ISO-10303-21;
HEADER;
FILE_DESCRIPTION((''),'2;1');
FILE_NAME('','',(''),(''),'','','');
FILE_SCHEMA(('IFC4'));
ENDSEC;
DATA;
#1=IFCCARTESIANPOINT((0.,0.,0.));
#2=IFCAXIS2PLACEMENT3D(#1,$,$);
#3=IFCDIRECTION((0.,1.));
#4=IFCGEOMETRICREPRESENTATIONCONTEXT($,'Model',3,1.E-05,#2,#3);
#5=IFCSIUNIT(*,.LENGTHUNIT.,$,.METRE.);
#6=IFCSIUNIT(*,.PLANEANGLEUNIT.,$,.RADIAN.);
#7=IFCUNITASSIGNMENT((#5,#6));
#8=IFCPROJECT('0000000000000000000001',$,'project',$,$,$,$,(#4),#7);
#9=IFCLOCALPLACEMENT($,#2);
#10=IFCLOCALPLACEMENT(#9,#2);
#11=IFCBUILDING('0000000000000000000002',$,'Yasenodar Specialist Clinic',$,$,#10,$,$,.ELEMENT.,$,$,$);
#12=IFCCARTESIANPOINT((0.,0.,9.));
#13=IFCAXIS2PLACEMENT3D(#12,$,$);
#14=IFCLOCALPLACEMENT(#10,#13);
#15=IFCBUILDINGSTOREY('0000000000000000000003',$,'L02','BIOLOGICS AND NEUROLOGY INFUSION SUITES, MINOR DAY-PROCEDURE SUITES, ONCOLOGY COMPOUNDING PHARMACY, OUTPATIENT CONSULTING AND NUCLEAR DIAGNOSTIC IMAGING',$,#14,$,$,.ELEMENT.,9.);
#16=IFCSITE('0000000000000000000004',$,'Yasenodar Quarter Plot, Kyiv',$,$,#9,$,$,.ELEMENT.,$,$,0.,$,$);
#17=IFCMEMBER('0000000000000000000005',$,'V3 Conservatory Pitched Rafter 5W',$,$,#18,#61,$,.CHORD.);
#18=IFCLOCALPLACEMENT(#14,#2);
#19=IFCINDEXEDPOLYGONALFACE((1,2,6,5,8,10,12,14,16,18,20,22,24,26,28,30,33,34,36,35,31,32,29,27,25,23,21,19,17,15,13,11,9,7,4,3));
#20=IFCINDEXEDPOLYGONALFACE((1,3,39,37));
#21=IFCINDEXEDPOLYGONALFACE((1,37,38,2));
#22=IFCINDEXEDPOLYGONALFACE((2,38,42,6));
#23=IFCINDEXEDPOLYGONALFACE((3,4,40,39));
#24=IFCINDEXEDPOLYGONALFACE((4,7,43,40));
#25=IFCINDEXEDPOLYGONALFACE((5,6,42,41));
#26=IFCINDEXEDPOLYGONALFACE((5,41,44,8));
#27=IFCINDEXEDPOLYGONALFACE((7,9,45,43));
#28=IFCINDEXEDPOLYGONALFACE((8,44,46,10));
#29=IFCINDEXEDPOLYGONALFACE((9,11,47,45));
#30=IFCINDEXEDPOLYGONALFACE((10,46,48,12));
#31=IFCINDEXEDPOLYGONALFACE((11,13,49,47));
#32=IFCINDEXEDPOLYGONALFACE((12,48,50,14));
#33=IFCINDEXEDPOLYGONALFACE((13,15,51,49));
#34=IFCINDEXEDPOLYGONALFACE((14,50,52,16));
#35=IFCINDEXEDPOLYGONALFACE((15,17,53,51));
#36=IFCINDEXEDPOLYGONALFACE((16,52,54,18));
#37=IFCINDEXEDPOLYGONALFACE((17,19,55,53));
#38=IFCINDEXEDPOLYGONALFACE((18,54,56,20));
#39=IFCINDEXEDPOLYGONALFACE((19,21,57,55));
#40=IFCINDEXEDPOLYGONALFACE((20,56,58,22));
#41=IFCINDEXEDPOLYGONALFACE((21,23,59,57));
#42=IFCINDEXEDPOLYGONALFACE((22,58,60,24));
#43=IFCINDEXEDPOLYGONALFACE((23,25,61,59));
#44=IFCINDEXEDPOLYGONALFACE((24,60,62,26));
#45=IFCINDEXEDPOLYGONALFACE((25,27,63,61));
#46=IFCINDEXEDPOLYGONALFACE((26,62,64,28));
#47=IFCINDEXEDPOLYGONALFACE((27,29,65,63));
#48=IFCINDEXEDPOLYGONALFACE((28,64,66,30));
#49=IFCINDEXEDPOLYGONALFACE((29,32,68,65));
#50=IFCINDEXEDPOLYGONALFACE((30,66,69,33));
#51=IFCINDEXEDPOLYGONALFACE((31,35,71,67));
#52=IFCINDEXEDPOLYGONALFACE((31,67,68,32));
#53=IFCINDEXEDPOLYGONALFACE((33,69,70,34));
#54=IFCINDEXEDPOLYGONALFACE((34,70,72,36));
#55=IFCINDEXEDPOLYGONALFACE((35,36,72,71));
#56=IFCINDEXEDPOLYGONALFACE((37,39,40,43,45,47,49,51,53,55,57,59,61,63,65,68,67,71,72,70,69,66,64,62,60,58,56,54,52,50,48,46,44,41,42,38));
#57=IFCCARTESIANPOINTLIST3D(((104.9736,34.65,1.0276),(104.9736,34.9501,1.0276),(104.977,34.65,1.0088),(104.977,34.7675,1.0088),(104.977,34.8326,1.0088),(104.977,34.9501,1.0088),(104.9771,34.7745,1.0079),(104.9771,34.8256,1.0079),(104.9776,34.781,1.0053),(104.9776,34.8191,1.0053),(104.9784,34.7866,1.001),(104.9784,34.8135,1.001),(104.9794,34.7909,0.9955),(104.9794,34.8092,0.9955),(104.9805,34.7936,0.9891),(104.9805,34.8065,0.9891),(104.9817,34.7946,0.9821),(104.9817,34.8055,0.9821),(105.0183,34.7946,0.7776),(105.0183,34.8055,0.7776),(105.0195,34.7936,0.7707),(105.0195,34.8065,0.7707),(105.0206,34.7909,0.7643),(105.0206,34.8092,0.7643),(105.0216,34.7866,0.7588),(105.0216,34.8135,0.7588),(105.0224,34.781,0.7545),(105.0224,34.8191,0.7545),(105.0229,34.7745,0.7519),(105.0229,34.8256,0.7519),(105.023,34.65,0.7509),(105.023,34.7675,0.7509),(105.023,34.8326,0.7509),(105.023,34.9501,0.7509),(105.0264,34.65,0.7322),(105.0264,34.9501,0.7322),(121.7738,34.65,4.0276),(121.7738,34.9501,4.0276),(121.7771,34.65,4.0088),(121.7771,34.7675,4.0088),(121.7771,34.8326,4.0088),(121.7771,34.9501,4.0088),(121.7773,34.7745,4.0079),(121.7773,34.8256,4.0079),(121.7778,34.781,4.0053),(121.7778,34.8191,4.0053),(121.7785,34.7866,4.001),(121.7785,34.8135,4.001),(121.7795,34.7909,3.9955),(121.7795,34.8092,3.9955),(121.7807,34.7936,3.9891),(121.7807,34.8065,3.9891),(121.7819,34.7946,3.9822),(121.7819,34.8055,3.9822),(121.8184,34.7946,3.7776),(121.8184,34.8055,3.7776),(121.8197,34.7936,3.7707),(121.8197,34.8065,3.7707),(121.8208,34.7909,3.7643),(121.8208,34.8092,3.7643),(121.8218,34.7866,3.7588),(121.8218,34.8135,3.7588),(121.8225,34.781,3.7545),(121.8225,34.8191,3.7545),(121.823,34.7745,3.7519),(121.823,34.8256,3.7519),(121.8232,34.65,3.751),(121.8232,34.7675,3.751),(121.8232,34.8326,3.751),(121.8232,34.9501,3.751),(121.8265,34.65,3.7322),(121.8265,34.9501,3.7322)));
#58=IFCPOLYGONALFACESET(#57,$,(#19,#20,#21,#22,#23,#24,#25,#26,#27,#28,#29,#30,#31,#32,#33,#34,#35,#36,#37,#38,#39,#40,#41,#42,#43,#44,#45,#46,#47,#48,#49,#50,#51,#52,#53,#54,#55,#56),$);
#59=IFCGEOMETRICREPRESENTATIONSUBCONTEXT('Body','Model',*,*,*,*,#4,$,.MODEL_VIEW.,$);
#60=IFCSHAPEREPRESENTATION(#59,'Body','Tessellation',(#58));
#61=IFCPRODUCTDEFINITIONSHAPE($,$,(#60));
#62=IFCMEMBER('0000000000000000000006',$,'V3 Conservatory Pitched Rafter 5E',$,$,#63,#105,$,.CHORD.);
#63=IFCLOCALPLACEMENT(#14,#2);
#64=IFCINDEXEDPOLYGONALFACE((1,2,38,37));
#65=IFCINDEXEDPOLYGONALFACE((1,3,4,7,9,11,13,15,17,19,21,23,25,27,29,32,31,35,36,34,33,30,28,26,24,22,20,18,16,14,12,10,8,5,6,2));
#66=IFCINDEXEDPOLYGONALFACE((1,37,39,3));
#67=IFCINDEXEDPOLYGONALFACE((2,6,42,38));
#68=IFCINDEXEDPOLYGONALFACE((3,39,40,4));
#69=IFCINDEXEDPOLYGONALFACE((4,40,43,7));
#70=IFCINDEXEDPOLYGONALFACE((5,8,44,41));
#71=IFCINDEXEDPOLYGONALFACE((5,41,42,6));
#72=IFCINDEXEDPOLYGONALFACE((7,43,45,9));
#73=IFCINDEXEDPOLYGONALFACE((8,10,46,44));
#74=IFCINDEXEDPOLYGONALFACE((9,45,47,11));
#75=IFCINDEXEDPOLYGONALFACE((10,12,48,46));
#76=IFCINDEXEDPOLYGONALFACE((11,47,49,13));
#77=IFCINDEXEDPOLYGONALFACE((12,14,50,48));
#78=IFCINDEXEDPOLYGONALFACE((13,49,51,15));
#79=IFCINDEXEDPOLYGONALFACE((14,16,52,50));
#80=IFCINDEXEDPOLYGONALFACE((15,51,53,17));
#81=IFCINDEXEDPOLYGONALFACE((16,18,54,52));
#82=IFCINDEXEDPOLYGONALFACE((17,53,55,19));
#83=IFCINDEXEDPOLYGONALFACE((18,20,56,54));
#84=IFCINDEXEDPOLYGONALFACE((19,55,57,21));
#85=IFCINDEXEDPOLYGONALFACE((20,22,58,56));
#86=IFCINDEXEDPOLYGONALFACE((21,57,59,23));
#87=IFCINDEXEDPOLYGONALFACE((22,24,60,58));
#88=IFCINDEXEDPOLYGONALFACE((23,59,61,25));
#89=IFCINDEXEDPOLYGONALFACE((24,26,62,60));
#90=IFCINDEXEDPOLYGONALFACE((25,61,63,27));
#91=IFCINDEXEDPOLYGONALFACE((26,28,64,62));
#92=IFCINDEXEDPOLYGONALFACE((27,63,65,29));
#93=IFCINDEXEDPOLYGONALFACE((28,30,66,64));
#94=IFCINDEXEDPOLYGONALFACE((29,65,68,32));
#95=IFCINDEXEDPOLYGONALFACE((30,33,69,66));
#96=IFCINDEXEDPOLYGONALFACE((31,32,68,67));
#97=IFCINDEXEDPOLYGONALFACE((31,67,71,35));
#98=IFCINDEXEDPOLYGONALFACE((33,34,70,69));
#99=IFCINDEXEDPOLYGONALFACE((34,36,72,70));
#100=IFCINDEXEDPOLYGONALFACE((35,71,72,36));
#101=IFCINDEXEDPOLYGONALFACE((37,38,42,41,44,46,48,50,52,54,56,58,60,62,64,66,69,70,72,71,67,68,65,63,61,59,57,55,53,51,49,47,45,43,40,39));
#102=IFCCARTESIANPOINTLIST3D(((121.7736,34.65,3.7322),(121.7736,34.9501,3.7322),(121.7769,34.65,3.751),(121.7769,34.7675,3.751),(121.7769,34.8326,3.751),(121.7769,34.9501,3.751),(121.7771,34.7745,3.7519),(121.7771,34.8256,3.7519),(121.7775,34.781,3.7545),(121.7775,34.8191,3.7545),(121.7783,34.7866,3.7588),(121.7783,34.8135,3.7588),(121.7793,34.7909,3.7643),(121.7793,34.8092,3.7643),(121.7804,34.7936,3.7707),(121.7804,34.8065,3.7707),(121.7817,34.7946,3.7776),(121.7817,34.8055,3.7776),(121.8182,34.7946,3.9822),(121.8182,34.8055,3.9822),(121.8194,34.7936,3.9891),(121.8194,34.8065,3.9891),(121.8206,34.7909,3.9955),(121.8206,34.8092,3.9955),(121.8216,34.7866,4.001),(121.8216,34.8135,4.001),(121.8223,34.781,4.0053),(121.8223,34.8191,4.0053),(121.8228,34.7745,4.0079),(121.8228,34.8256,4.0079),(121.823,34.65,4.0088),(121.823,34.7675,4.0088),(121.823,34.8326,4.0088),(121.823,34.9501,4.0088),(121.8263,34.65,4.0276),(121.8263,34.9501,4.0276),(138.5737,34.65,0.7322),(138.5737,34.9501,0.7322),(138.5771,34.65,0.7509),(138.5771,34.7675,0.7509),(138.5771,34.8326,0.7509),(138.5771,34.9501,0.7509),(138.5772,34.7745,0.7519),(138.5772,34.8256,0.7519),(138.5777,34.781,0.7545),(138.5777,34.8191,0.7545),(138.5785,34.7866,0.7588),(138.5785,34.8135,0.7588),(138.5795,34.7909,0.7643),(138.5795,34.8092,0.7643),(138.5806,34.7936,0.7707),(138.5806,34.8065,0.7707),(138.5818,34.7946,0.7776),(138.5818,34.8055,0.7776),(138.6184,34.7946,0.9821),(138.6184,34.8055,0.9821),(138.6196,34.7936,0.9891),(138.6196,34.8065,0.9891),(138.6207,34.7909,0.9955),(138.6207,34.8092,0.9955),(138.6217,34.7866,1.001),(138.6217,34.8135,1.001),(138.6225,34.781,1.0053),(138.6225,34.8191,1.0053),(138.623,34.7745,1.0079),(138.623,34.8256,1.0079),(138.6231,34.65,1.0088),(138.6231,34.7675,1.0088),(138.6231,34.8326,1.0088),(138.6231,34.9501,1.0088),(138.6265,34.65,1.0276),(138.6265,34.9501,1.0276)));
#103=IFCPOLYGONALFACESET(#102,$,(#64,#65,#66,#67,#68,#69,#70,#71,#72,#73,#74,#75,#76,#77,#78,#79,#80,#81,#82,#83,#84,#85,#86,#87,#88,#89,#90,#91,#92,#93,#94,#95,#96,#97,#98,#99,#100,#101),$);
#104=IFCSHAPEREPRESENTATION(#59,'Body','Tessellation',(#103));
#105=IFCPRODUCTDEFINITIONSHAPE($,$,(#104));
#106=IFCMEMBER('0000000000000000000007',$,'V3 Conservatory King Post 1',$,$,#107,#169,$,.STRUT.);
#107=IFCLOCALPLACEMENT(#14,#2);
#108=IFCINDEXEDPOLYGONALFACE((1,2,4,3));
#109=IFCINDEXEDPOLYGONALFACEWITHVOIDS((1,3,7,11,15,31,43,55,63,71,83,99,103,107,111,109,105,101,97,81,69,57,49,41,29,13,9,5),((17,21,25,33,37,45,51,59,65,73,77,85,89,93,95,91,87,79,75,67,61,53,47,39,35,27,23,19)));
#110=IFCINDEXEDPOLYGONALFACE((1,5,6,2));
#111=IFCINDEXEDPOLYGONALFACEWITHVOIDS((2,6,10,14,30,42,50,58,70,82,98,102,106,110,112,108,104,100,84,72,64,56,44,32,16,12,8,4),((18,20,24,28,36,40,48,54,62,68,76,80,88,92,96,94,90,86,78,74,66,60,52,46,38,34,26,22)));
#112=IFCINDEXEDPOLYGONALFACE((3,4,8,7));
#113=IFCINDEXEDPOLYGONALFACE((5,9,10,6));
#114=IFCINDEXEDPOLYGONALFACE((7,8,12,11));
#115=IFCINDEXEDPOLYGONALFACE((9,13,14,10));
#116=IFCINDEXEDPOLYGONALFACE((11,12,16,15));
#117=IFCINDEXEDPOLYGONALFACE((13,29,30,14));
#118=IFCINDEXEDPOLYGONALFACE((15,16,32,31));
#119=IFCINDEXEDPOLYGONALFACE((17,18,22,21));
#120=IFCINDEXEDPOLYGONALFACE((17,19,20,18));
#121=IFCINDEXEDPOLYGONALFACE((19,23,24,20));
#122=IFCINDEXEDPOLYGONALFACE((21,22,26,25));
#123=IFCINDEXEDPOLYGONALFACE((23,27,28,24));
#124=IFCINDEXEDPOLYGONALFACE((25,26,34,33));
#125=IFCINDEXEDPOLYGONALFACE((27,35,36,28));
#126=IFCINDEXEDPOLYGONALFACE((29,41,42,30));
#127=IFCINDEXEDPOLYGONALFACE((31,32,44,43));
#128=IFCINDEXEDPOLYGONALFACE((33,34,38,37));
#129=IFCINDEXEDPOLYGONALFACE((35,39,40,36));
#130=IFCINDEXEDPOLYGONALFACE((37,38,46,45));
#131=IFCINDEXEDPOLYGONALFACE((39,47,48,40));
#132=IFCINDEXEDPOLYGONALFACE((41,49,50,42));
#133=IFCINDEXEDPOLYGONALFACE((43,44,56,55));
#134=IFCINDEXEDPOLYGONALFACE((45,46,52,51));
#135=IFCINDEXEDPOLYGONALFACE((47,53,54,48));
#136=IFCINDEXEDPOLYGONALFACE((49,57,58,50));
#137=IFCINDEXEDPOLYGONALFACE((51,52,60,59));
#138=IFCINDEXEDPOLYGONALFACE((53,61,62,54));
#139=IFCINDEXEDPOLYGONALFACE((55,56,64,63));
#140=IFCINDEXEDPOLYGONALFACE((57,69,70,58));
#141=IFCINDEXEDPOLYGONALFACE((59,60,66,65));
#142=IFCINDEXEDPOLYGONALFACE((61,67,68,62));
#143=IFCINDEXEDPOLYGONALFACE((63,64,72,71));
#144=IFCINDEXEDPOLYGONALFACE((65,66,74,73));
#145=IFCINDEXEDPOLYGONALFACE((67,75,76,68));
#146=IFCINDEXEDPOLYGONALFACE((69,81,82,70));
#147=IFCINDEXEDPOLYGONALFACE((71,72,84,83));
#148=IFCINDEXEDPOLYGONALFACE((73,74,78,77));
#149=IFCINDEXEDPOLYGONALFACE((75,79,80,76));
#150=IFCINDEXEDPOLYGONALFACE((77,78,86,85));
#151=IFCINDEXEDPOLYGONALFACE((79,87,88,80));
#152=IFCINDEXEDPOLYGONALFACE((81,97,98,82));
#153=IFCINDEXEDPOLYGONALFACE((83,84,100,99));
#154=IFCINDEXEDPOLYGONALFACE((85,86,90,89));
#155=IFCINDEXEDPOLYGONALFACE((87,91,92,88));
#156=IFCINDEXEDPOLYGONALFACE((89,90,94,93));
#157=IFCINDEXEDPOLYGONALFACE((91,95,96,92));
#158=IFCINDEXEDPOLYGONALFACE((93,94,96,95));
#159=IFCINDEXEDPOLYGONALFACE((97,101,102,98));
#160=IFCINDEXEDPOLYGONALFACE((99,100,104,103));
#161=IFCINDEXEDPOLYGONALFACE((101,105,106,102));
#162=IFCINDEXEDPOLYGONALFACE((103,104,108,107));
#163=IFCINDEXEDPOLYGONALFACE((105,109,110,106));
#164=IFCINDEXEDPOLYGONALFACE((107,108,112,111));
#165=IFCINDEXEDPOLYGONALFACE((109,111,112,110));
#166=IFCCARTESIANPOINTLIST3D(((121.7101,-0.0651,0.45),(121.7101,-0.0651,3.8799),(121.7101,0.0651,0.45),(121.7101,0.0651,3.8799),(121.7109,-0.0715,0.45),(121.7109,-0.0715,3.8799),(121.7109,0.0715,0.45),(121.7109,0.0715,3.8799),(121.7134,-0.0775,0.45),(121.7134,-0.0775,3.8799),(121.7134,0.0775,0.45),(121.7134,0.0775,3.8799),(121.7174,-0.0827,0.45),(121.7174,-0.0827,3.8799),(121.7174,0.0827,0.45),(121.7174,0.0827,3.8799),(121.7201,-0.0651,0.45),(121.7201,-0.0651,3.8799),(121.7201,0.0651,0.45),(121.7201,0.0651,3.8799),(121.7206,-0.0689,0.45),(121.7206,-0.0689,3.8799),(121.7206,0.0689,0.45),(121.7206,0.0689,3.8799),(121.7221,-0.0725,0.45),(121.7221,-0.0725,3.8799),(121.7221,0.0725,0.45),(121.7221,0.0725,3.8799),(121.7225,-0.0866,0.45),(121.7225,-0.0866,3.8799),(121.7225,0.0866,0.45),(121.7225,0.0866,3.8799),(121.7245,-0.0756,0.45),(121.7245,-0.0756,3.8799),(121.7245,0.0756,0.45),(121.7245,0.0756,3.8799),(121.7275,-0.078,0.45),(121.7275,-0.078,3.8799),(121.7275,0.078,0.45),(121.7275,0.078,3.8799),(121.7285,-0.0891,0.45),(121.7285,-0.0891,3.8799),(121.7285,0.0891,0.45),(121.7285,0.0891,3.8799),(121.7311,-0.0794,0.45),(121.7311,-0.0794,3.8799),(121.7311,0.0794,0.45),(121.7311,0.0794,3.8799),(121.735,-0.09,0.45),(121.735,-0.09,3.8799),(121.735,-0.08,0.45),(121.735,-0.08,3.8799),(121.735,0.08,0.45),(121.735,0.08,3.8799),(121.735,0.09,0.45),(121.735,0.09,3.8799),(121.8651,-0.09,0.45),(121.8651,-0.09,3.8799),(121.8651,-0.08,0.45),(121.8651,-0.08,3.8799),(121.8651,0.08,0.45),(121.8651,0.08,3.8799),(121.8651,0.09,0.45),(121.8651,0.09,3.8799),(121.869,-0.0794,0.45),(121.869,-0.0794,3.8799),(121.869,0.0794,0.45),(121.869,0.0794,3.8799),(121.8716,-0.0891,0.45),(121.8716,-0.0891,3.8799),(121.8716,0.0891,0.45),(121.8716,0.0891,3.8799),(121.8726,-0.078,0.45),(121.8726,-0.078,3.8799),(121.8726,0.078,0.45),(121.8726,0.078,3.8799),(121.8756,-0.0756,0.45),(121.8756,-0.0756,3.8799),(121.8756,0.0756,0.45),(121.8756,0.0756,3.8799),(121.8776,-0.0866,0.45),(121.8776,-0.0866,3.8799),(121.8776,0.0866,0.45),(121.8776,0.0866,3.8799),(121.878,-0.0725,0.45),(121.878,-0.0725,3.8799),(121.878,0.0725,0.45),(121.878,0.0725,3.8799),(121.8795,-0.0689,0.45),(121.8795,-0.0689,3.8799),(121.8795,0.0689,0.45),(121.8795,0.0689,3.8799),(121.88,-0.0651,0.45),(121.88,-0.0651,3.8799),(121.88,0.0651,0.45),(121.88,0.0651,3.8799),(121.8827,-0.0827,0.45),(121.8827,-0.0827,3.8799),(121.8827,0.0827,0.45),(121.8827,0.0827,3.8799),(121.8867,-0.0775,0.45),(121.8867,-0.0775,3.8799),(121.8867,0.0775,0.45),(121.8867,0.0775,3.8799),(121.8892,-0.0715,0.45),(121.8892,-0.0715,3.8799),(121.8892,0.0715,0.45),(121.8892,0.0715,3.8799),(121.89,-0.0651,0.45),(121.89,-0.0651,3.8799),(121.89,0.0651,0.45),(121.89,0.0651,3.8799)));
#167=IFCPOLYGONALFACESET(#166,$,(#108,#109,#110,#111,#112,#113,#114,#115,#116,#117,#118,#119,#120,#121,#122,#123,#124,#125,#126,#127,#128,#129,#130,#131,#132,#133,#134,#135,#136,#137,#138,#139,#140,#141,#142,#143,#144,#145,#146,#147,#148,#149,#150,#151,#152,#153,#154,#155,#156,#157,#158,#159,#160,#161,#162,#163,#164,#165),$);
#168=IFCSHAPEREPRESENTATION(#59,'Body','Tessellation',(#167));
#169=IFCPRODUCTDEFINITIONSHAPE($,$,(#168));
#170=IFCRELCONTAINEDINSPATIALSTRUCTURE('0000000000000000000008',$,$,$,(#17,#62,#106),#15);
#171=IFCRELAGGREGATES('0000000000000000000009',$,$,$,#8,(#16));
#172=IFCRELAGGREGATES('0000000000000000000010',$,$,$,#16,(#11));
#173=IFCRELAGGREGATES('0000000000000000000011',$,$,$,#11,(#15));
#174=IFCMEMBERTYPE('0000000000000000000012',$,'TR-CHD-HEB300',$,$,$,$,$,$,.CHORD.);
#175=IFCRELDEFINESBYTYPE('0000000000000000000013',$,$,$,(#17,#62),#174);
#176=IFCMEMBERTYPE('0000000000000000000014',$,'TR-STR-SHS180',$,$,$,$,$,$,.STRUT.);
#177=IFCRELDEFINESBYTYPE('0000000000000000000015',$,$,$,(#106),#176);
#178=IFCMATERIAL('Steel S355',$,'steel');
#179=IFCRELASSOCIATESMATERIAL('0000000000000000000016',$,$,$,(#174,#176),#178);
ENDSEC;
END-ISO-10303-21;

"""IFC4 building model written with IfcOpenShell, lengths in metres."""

from ifc_helpers import new_model, si_unit, direction, frame, origin, origin_2d, place, context, subcontext, project, spatial, hollow_rectangle, i_section, extrude, material, material_profile, profile_set, type_object, element, save


model = new_model("IFC4")

# Units and contexts
model_context = context("Model", 3, precision=1e-05, world=origin(), true_north=direction((0.0, 1.0)))
body_context = subcontext(model_context, "Body", "Model", "MODEL_VIEW")
ifc_project = project(units=[si_unit("LENGTHUNIT", "METRE"), si_unit("PLANEANGLEUNIT", "RADIAN")], contexts=[model_context])

# Site, building, storey
site_placement = place(None, origin())
site = spatial("IfcSite", under=ifc_project, at=site_placement, Name="Yasenodar Quarter Plot, Kyiv", CompositionType="ELEMENT", RefElevation=0.0)
building_placement = place(site_placement, origin())
building = spatial("IfcBuilding", under=site, at=building_placement, Name="Yasenodar Specialist Clinic", CompositionType="ELEMENT")
storey_placement = place(building_placement, frame((0.0, 0.0, 9.0)))
storey = spatial("IfcBuildingStorey", under=building, at=storey_placement, Name="L02", Description="BIOLOGICS AND NEUROLOGY INFUSION SUITES, MINOR DAY-PROCEDURE SUITES, ONCOLOGY COMPOUNDING PHARMACY, OUTPATIENT CONSULTING AND NUCLEAR DIAGNOSTIC IMAGING", CompositionType="ELEMENT", Elevation=9.0)

# Shared definitions
ifc_material = material(Name="Steel S355", Category="steel")

# Members
ifc_material_profile_1 = material_profile(ifc_material, i_section(OverallWidth=0.3, OverallDepth=0.3, WebThickness=0.011, FlangeThickness=0.019, FilletRadius=0.0271, at=origin_2d()), Name="HEB 300")
ifc_profile_set_1 = profile_set([ifc_material_profile_1], Name="Steel S355")
member_type_1 = type_object("IfcMemberType", Name="TR-CHD-HEB300", PredefinedType="CHORD", material=ifc_profile_set_1)
for number, where, z_axis, x_axis, name in (
    (1, (105.0, 34.8, 0.8799), (0.984428, 0.0, 0.17579), (0.0, 1.0, 0.0), "V3 Conservatory Pitched Rafter 5W"),
    (2, (138.6001, 34.8, 0.8799), (-0.984428, 0.0, 0.17579), (0.0, -1.0, 0.0), "V3 Conservatory Pitched Rafter 5E"),
):
    element("IfcMember", number, at=place(storey_placement, frame(where, z_axis=z_axis, x_axis=x_axis)), inside=storey, type_object=member_type_1, Name=name, PredefinedType="CHORD", context=body_context, shape_type="SweptSolid", body=[
        extrude(i_section(OverallWidth=0.3, OverallDepth=0.3, WebThickness=0.011, FlangeThickness=0.019, FilletRadius=0.0271, at=origin_2d()), origin(), (0.0, 0.0, 1.0), 17.0659),
    ])
ifc_material_profile_2 = material_profile(ifc_material, hollow_rectangle(XDim=0.1799, YDim=0.1799, WallThickness=0.01, InnerFilletRadius=0.0149, OuterFilletRadius=0.0249, at=origin_2d()), Name="SHS 180x180x10")
ifc_profile_set_2 = profile_set([ifc_material_profile_2], Name="Steel S355")
member_type_2 = type_object("IfcMemberType", Name="TR-STR-SHS180", PredefinedType="STRUT", material=ifc_profile_set_2)
for number, where, z_axis, x_axis, name in (
    (3, (121.8, 0.0, 0.45), (0.0, 0.0, 1.0), (1.0, 0.0, 0.0), "V3 Conservatory King Post 1"),
):
    element("IfcMember", number, at=place(storey_placement, frame(where, z_axis=z_axis, x_axis=x_axis)), inside=storey, type_object=member_type_2, Name=name, PredefinedType="STRUT", context=body_context, shape_type="SweptSolid", body=[
        extrude(hollow_rectangle(XDim=0.1799, YDim=0.1799, WallThickness=0.01, InnerFilletRadius=0.0149, OuterFilletRadius=0.0249, at=origin_2d()), origin(), (0.0, 0.0, 1.0), 3.4299),
    ])

save(model, "model.ifc")
